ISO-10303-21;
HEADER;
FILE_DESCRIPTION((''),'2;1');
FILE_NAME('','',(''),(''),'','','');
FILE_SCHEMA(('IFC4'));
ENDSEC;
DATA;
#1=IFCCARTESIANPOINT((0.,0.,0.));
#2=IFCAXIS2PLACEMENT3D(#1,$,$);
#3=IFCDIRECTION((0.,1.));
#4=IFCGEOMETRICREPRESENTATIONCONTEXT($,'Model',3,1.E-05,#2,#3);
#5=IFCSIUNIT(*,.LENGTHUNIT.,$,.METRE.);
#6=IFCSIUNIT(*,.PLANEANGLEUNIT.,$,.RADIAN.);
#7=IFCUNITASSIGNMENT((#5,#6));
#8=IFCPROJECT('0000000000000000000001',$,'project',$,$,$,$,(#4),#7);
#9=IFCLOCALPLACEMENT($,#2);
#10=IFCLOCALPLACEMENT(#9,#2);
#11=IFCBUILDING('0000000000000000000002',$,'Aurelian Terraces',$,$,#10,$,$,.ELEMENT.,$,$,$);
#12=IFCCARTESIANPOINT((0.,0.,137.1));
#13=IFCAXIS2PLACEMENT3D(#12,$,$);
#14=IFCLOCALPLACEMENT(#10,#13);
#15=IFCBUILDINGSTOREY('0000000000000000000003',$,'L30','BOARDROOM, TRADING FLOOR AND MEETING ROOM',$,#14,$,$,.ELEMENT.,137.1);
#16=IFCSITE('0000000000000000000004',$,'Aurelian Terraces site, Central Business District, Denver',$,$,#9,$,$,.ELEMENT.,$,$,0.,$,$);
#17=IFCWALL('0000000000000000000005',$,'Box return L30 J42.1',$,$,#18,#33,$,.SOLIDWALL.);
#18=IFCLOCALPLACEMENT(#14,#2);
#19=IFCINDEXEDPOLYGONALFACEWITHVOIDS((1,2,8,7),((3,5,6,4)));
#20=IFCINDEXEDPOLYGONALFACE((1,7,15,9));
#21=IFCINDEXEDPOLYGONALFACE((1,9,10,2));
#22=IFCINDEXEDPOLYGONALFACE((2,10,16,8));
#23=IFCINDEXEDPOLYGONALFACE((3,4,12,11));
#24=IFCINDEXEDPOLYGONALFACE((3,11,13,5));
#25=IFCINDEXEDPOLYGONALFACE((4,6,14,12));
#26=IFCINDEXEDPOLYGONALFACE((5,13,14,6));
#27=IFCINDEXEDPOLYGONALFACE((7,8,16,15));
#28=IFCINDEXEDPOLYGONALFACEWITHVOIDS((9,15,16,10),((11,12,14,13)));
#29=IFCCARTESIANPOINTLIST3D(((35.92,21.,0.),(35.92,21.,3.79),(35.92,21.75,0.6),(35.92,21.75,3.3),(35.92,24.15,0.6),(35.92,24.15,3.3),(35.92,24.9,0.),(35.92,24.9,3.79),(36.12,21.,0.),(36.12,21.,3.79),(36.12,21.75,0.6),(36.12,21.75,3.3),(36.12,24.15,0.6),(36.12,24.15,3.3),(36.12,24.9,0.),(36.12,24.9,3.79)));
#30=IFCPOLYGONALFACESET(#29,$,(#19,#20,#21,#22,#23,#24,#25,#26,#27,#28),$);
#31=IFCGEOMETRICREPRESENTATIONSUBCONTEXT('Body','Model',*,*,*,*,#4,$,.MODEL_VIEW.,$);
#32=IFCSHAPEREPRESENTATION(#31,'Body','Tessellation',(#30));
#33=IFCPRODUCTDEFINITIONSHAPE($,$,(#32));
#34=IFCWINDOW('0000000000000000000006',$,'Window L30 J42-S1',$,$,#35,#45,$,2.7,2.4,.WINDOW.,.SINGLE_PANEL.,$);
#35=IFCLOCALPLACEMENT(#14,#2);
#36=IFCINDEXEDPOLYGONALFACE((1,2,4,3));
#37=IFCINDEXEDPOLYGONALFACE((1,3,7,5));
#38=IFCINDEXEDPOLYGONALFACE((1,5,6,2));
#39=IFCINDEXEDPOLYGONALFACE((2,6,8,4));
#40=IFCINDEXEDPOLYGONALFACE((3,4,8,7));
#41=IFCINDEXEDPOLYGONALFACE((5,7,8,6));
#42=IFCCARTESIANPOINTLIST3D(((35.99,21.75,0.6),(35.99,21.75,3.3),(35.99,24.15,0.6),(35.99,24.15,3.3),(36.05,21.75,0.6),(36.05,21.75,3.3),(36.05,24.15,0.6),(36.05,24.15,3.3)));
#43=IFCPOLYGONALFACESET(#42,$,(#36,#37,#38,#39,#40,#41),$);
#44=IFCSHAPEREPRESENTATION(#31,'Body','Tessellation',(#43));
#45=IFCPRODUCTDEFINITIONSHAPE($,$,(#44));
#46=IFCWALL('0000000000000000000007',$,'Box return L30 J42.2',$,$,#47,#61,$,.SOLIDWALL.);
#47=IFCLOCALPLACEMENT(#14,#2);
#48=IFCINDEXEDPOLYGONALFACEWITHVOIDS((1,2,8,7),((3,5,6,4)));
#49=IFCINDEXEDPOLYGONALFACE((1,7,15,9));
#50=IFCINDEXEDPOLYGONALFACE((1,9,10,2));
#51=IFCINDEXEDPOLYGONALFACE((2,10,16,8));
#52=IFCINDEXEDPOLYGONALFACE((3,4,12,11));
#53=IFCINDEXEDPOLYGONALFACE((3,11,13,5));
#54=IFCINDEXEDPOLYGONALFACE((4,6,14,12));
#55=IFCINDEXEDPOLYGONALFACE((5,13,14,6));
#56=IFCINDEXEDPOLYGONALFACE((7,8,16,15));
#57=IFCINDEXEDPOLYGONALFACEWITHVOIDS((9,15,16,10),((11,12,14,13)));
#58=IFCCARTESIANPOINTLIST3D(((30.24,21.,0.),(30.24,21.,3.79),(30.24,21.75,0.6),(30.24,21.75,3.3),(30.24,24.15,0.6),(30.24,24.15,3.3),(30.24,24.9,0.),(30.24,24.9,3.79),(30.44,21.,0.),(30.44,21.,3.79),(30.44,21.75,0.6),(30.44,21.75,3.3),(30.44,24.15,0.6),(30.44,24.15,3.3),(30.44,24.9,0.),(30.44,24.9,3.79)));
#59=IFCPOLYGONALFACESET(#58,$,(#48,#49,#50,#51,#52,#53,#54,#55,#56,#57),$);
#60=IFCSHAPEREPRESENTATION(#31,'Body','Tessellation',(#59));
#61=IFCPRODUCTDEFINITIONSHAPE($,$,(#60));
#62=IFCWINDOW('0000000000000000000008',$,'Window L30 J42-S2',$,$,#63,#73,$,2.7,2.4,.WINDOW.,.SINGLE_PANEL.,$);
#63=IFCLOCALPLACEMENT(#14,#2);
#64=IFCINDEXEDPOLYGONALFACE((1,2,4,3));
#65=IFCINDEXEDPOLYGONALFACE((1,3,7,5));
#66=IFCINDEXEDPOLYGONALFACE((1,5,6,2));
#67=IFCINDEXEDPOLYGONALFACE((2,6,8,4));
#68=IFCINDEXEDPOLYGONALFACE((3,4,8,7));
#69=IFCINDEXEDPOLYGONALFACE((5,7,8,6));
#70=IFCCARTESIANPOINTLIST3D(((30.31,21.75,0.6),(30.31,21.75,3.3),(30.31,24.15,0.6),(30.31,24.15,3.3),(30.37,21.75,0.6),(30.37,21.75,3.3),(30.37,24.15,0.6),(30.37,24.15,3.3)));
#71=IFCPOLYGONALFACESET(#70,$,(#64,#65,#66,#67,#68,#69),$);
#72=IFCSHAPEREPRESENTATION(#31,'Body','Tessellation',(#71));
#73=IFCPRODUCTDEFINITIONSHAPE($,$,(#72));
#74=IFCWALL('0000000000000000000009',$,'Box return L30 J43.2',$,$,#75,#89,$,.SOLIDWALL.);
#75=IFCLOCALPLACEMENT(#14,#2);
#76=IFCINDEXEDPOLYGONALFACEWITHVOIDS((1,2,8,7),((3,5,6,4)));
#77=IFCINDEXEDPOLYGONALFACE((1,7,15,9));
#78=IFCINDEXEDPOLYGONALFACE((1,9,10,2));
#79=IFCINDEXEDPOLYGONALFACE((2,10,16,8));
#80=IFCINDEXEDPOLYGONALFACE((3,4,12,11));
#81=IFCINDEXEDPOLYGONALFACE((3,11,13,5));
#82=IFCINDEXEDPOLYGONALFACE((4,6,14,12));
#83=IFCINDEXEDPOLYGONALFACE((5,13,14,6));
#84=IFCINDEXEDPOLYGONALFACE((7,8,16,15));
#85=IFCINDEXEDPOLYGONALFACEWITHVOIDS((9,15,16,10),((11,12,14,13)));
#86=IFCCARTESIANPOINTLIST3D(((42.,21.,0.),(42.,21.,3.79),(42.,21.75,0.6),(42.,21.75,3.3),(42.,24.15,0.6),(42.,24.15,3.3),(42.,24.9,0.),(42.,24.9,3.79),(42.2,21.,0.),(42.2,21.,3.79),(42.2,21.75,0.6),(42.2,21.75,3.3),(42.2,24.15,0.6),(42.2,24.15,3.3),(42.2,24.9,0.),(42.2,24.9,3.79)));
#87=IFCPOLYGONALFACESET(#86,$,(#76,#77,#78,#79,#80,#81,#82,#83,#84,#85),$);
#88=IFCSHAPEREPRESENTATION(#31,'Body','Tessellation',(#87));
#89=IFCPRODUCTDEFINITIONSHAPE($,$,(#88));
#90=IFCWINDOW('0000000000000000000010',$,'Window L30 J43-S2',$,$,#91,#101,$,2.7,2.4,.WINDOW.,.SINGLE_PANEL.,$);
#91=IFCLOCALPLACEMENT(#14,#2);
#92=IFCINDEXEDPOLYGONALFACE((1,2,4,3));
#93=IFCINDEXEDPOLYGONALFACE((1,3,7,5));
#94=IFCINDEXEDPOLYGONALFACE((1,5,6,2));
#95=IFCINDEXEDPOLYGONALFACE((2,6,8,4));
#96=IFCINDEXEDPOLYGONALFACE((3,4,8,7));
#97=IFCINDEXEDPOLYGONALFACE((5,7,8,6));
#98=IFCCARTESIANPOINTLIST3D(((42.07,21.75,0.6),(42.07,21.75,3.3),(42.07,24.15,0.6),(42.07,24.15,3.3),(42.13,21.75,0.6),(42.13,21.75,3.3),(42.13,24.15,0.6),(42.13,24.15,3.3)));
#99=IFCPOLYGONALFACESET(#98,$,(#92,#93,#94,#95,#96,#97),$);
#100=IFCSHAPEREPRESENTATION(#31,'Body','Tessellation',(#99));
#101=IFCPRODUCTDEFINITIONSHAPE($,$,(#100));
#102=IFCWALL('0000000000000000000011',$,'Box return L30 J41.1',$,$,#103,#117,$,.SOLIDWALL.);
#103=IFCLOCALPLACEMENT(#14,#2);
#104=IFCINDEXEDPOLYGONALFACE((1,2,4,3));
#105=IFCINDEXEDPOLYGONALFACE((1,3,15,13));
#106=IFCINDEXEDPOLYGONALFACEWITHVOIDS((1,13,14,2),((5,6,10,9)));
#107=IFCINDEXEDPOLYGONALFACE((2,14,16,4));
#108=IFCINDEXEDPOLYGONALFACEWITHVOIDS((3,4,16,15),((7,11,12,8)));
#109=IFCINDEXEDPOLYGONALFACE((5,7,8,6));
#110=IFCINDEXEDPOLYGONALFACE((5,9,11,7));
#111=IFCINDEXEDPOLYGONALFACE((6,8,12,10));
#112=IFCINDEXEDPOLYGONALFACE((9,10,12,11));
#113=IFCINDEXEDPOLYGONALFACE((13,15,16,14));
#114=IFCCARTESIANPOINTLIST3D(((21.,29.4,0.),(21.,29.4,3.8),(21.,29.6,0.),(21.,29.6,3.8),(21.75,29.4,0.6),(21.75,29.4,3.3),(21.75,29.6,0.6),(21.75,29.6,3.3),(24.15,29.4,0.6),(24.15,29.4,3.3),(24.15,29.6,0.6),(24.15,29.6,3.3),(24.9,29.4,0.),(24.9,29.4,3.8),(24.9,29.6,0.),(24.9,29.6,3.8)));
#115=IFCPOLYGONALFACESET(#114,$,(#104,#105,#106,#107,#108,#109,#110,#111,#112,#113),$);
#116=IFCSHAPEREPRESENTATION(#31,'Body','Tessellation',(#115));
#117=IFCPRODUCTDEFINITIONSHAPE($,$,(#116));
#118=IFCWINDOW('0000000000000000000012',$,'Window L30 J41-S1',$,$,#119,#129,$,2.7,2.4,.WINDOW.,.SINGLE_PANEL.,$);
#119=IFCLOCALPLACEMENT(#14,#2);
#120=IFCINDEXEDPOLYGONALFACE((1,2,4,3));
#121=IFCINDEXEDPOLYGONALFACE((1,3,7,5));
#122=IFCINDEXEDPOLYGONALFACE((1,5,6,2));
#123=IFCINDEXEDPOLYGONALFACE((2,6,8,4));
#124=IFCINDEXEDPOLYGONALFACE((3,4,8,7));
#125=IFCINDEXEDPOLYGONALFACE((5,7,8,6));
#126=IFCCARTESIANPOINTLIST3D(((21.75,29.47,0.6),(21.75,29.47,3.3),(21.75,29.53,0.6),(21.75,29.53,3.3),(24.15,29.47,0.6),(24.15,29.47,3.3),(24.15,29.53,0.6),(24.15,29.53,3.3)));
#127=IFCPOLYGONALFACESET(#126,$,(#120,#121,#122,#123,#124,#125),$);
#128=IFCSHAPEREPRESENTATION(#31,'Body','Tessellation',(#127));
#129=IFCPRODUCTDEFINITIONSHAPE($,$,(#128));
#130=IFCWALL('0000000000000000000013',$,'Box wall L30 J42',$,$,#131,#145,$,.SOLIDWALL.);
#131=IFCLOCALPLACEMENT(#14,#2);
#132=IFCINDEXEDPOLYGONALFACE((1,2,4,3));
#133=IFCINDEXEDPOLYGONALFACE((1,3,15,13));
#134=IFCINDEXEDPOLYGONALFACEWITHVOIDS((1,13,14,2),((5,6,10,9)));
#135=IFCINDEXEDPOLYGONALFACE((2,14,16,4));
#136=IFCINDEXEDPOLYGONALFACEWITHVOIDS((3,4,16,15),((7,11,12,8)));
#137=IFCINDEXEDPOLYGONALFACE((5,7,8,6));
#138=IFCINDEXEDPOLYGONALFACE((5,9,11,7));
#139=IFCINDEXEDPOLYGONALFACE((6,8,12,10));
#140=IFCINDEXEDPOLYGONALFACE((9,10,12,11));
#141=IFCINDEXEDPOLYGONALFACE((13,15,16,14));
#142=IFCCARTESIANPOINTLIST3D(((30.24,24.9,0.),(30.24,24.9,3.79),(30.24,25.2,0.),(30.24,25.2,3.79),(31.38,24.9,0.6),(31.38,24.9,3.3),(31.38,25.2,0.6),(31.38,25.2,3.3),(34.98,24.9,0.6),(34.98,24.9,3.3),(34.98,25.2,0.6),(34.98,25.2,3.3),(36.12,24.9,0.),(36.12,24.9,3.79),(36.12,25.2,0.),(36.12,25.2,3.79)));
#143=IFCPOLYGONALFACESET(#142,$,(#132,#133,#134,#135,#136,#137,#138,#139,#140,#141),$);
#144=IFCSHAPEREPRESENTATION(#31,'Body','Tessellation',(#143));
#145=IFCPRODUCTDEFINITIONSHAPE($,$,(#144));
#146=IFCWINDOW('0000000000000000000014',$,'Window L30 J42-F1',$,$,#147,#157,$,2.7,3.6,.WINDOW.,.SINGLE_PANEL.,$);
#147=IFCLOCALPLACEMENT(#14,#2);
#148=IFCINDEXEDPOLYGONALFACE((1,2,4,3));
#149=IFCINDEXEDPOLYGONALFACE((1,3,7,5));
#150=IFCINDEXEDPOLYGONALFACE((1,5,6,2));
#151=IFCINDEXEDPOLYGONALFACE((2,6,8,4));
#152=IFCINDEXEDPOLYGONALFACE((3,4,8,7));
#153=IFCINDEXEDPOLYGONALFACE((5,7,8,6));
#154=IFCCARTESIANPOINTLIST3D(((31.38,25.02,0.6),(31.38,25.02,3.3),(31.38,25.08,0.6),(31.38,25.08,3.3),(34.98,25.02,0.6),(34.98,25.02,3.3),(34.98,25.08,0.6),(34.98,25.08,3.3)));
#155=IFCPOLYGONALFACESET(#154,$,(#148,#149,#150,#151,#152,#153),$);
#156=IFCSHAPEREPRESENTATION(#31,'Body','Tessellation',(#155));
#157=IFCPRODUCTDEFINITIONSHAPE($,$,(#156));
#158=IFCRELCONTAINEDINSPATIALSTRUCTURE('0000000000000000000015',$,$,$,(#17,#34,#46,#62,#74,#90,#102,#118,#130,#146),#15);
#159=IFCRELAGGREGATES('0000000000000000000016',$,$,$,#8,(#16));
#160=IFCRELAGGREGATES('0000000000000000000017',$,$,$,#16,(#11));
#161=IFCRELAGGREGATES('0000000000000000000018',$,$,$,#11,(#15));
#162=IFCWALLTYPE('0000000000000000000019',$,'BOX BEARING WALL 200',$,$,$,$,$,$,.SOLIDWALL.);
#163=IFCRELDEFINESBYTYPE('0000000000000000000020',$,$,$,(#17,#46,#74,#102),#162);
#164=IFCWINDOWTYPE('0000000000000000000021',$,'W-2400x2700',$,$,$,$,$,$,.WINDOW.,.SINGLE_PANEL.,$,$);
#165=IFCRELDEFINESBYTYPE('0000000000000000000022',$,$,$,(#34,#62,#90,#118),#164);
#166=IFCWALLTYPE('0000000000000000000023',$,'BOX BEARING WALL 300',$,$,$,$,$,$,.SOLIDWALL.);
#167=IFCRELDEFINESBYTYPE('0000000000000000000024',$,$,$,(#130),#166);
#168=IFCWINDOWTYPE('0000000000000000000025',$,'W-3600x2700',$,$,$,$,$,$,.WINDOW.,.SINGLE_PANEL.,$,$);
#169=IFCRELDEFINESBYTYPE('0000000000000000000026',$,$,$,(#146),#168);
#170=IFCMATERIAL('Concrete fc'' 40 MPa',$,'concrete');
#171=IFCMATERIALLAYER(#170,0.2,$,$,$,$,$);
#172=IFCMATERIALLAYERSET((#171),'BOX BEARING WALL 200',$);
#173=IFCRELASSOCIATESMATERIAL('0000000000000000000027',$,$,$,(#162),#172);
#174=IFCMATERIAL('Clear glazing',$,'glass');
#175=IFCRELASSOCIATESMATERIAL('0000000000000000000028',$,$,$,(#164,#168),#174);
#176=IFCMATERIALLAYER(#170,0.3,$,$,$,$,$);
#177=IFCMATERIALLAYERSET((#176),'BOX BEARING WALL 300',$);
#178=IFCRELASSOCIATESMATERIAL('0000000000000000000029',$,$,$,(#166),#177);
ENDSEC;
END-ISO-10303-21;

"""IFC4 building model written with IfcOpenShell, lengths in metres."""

from ifc_helpers import new_model, si_unit, direction, frame, frame_2d, origin, place, context, subcontext, project, spatial, rectangle, extrude, source, transform, mapped, material, layer, layer_set, type_object, element, fill, save


model = new_model("IFC4")

# Units and contexts
model_context = context("Model", 3, precision=1e-05, world=origin(), true_north=direction((0.0, 1.0)))
body_context = subcontext(model_context, "Body", "Model", "MODEL_VIEW")
ifc_project = project(units=[si_unit("LENGTHUNIT", "METRE"), si_unit("PLANEANGLEUNIT", "RADIAN")], contexts=[model_context])

# Site, building, storey
site_placement = place(None, origin())
site = spatial("IfcSite", under=ifc_project, at=site_placement, Name="Aurelian Terraces site, Central Business District, Denver", CompositionType="ELEMENT", RefElevation=0.0)
building_placement = place(site_placement, origin())
building = spatial("IfcBuilding", under=site, at=building_placement, Name="Aurelian Terraces", CompositionType="ELEMENT")
storey_placement = place(building_placement, frame((0.0, 0.0, 137.1)))
storey = spatial("IfcBuildingStorey", under=building, at=storey_placement, Name="L30", Description="BOARDROOM, TRADING FLOOR AND MEETING ROOM", CompositionType="ELEMENT", Elevation=137.1)

# Walls, openings, windows
ifc_material_1 = material(Name="Concrete fc' 40 MPa", Category="concrete")
ifc_layer_1 = layer(ifc_material_1, 0.2)
ifc_layer_set_1 = layer_set([ifc_layer_1], Name="BOX BEARING WALL 200")
wall_type_1 = type_object("IfcWallType", Name="BOX BEARING WALL 200", PredefinedType="SOLIDWALL", material=ifc_layer_set_1)
shared_shape_1 = source(origin(), body_context, "Body", "SweptSolid", [
    extrude(rectangle(XDim=3.9, YDim=0.2, at=frame_2d((1.95, 0.0))), origin(), (0.0, 0.0, 1.0), 3.79),
])
wall_1_placement = place(storey_placement, frame((36.02, 21.0, 0.0), z_axis=(0.0, 0.0, 1.0), x_axis=(0.0, 1.0, 0.0)))
wall_1 = element("IfcWall", 1, at=wall_1_placement, inside=storey, type_object=wall_type_1, Name="Box return L30 J42.1", PredefinedType="SOLIDWALL", context=body_context, shape_type="MappedRepresentation", body=[
    mapped(shared_shape_1, transform((0.0, 0.0, 0.0), scale=1.0)),
])
shared_shape_2 = source(origin(), body_context, "Body", "SweptSolid", [
    extrude(rectangle(XDim=2.4, YDim=2.7, at=frame_2d((1.2, 1.35))), frame((0.0, 0.11, 0.0), z_axis=(0.0, -1.0, 0.0), x_axis=(1.0, 0.0, 0.0)), (0.0, 0.0, 1.0), 0.22),
])
opening_1_placement = place(wall_1_placement, frame((0.75, 0.0, 0.6)))
opening_1 = element("IfcOpeningElement", 2, at=opening_1_placement, cuts=wall_1, PredefinedType="OPENING", context=body_context, shape_type="MappedRepresentation", body=[
    mapped(shared_shape_2, transform((0.0, 0.0, 0.0), scale=1.0)),
])
ifc_material_2 = material(Name="Clear glazing", Category="glass")
window_type_1 = type_object("IfcWindowType", Name="W-2400x2700", PartitioningType="SINGLE_PANEL", PredefinedType="WINDOW", material=ifc_material_2)
shared_shape_3 = source(origin(), body_context, "Body", "SweptSolid", [
    extrude(rectangle(XDim=2.4, YDim=2.7, at=frame_2d((1.2, 1.35))), frame((0.0, 0.03, 0.0), z_axis=(0.0, -1.0, 0.0), x_axis=(1.0, 0.0, 0.0)), (0.0, 0.0, 1.0), 0.06),
])
window_1_placement = place(opening_1_placement, origin())
window_1 = element("IfcWindow", 3, at=window_1_placement, inside=storey, type_object=window_type_1, Name="Window L30 J42-S1", OverallHeight=2.7, OverallWidth=2.4, PartitioningType="SINGLE_PANEL", PredefinedType="WINDOW", context=body_context, shape_type="MappedRepresentation", body=[
    mapped(shared_shape_3, transform((0.0, 0.0, 0.0), scale=1.0)),
])
fill(opening_1, window_1)
wall_2_placement = place(storey_placement, frame((30.34, 21.0, 0.0), z_axis=(0.0, 0.0, 1.0), x_axis=(0.0, 1.0, 0.0)))
wall_2 = element("IfcWall", 4, at=wall_2_placement, inside=storey, type_object=wall_type_1, Name="Box return L30 J42.2", PredefinedType="SOLIDWALL", context=body_context, shape_type="MappedRepresentation", body=[
    mapped(shared_shape_1, transform((0.0, 0.0, 0.0), scale=1.0)),
])
opening_2_placement = place(wall_2_placement, frame((0.75, 0.0, 0.6)))
opening_2 = element("IfcOpeningElement", 5, at=opening_2_placement, cuts=wall_2, PredefinedType="OPENING", context=body_context, shape_type="MappedRepresentation", body=[
    mapped(shared_shape_2, transform((0.0, 0.0, 0.0), scale=1.0)),
])
window_2_placement = place(opening_2_placement, origin())
window_2 = element("IfcWindow", 6, at=window_2_placement, inside=storey, type_object=window_type_1, Name="Window L30 J42-S2", OverallHeight=2.7, OverallWidth=2.4, PartitioningType="SINGLE_PANEL", PredefinedType="WINDOW", context=body_context, shape_type="MappedRepresentation", body=[
    mapped(shared_shape_3, transform((0.0, 0.0, 0.0), scale=1.0)),
])
fill(opening_2, window_2)
wall_3_placement = place(storey_placement, frame((42.1, 21.0, 0.0), z_axis=(0.0, 0.0, 1.0), x_axis=(0.0, 1.0, 0.0)))
wall_3 = element("IfcWall", 7, at=wall_3_placement, inside=storey, type_object=wall_type_1, Name="Box return L30 J43.2", PredefinedType="SOLIDWALL", context=body_context, shape_type="MappedRepresentation", body=[
    mapped(shared_shape_1, transform((0.0, 0.0, 0.0), scale=1.0)),
])
opening_3_placement = place(wall_3_placement, frame((0.75, 0.0, 0.6)))
opening_3 = element("IfcOpeningElement", 8, at=opening_3_placement, cuts=wall_3, PredefinedType="OPENING", context=body_context, shape_type="MappedRepresentation", body=[
    mapped(shared_shape_2, transform((0.0, 0.0, 0.0), scale=1.0)),
])
window_3_placement = place(opening_3_placement, origin())
window_3 = element("IfcWindow", 9, at=window_3_placement, inside=storey, type_object=window_type_1, Name="Window L30 J43-S2", OverallHeight=2.7, OverallWidth=2.4, PartitioningType="SINGLE_PANEL", PredefinedType="WINDOW", context=body_context, shape_type="MappedRepresentation", body=[
    mapped(shared_shape_3, transform((0.0, 0.0, 0.0), scale=1.0)),
])
fill(opening_3, window_3)
shared_shape_4 = source(origin(), body_context, "Body", "SweptSolid", [
    extrude(rectangle(XDim=3.9, YDim=0.2, at=frame_2d((1.95, 0.0))), origin(), (0.0, 0.0, 1.0), 3.8),
])
wall_4_placement = place(storey_placement, frame((21.0, 29.5, 0.0), z_axis=(0.0, 0.0, 1.0), x_axis=(1.0, 0.0, 0.0)))
wall_4 = element("IfcWall", 10, at=wall_4_placement, inside=storey, type_object=wall_type_1, Name="Box return L30 J41.1", PredefinedType="SOLIDWALL", context=body_context, shape_type="MappedRepresentation", body=[
    mapped(shared_shape_4, transform((0.0, 0.0, 0.0), scale=1.0)),
])
opening_4_placement = place(wall_4_placement, frame((0.75, 0.0, 0.6)))
opening_4 = element("IfcOpeningElement", 11, at=opening_4_placement, cuts=wall_4, PredefinedType="OPENING", context=body_context, shape_type="MappedRepresentation", body=[
    mapped(shared_shape_2, transform((0.0, 0.0, 0.0), scale=1.0)),
])
window_4_placement = place(opening_4_placement, origin())
window_4 = element("IfcWindow", 12, at=window_4_placement, inside=storey, type_object=window_type_1, Name="Window L30 J41-S1", OverallHeight=2.7, OverallWidth=2.4, PartitioningType="SINGLE_PANEL", PredefinedType="WINDOW", context=body_context, shape_type="MappedRepresentation", body=[
    mapped(shared_shape_3, transform((0.0, 0.0, 0.0), scale=1.0)),
])
fill(opening_4, window_4)
ifc_layer_2 = layer(ifc_material_1, 0.3)
ifc_layer_set_2 = layer_set([ifc_layer_2], Name="BOX BEARING WALL 300")
wall_type_2 = type_object("IfcWallType", Name="BOX BEARING WALL 300", PredefinedType="SOLIDWALL", material=ifc_layer_set_2)
shared_shape_5 = source(origin(), body_context, "Body", "SweptSolid", [
    extrude(rectangle(XDim=5.88, YDim=0.3, at=frame_2d((2.94, 0.0))), origin(), (0.0, 0.0, 1.0), 3.79),
])
wall_5_placement = place(storey_placement, frame((36.12, 25.05, 0.0), z_axis=(0.0, 0.0, 1.0), x_axis=(-1.0, 0.0, 0.0)))
wall_5 = element("IfcWall", 13, at=wall_5_placement, inside=storey, type_object=wall_type_2, Name="Box wall L30 J42", PredefinedType="SOLIDWALL", context=body_context, shape_type="MappedRepresentation", body=[
    mapped(shared_shape_5, transform((0.0, 0.0, 0.0), scale=1.0)),
])
shared_shape_6 = source(origin(), body_context, "Body", "SweptSolid", [
    extrude(rectangle(XDim=3.6, YDim=2.7, at=frame_2d((1.8, 1.35))), frame((0.0, 0.16, 0.0), z_axis=(0.0, -1.0, 0.0), x_axis=(1.0, 0.0, 0.0)), (0.0, 0.0, 1.0), 0.32),
])
opening_5_placement = place(wall_5_placement, frame((1.14, 0.0, 0.6)))
opening_5 = element("IfcOpeningElement", 14, at=opening_5_placement, cuts=wall_5, PredefinedType="OPENING", context=body_context, shape_type="MappedRepresentation", body=[
    mapped(shared_shape_6, transform((0.0, 0.0, 0.0), scale=1.0)),
])
window_type_2 = type_object("IfcWindowType", Name="W-3600x2700", PartitioningType="SINGLE_PANEL", PredefinedType="WINDOW", material=ifc_material_2)
shared_shape_7 = source(origin(), body_context, "Body", "SweptSolid", [
    extrude(rectangle(XDim=3.6, YDim=2.7, at=frame_2d((1.8, 1.35))), frame((0.0, 0.03, 0.0), z_axis=(0.0, -1.0, 0.0), x_axis=(1.0, 0.0, 0.0)), (0.0, 0.0, 1.0), 0.06),
])
window_5_placement = place(opening_5_placement, origin())
window_5 = element("IfcWindow", 15, at=window_5_placement, inside=storey, type_object=window_type_2, Name="Window L30 J42-F1", OverallHeight=2.7, OverallWidth=3.6, PartitioningType="SINGLE_PANEL", PredefinedType="WINDOW", context=body_context, shape_type="MappedRepresentation", body=[
    mapped(shared_shape_7, transform((0.0, 0.0, 0.0), scale=1.0)),
])
fill(opening_5, window_5)

save(model, "model.ifc")
